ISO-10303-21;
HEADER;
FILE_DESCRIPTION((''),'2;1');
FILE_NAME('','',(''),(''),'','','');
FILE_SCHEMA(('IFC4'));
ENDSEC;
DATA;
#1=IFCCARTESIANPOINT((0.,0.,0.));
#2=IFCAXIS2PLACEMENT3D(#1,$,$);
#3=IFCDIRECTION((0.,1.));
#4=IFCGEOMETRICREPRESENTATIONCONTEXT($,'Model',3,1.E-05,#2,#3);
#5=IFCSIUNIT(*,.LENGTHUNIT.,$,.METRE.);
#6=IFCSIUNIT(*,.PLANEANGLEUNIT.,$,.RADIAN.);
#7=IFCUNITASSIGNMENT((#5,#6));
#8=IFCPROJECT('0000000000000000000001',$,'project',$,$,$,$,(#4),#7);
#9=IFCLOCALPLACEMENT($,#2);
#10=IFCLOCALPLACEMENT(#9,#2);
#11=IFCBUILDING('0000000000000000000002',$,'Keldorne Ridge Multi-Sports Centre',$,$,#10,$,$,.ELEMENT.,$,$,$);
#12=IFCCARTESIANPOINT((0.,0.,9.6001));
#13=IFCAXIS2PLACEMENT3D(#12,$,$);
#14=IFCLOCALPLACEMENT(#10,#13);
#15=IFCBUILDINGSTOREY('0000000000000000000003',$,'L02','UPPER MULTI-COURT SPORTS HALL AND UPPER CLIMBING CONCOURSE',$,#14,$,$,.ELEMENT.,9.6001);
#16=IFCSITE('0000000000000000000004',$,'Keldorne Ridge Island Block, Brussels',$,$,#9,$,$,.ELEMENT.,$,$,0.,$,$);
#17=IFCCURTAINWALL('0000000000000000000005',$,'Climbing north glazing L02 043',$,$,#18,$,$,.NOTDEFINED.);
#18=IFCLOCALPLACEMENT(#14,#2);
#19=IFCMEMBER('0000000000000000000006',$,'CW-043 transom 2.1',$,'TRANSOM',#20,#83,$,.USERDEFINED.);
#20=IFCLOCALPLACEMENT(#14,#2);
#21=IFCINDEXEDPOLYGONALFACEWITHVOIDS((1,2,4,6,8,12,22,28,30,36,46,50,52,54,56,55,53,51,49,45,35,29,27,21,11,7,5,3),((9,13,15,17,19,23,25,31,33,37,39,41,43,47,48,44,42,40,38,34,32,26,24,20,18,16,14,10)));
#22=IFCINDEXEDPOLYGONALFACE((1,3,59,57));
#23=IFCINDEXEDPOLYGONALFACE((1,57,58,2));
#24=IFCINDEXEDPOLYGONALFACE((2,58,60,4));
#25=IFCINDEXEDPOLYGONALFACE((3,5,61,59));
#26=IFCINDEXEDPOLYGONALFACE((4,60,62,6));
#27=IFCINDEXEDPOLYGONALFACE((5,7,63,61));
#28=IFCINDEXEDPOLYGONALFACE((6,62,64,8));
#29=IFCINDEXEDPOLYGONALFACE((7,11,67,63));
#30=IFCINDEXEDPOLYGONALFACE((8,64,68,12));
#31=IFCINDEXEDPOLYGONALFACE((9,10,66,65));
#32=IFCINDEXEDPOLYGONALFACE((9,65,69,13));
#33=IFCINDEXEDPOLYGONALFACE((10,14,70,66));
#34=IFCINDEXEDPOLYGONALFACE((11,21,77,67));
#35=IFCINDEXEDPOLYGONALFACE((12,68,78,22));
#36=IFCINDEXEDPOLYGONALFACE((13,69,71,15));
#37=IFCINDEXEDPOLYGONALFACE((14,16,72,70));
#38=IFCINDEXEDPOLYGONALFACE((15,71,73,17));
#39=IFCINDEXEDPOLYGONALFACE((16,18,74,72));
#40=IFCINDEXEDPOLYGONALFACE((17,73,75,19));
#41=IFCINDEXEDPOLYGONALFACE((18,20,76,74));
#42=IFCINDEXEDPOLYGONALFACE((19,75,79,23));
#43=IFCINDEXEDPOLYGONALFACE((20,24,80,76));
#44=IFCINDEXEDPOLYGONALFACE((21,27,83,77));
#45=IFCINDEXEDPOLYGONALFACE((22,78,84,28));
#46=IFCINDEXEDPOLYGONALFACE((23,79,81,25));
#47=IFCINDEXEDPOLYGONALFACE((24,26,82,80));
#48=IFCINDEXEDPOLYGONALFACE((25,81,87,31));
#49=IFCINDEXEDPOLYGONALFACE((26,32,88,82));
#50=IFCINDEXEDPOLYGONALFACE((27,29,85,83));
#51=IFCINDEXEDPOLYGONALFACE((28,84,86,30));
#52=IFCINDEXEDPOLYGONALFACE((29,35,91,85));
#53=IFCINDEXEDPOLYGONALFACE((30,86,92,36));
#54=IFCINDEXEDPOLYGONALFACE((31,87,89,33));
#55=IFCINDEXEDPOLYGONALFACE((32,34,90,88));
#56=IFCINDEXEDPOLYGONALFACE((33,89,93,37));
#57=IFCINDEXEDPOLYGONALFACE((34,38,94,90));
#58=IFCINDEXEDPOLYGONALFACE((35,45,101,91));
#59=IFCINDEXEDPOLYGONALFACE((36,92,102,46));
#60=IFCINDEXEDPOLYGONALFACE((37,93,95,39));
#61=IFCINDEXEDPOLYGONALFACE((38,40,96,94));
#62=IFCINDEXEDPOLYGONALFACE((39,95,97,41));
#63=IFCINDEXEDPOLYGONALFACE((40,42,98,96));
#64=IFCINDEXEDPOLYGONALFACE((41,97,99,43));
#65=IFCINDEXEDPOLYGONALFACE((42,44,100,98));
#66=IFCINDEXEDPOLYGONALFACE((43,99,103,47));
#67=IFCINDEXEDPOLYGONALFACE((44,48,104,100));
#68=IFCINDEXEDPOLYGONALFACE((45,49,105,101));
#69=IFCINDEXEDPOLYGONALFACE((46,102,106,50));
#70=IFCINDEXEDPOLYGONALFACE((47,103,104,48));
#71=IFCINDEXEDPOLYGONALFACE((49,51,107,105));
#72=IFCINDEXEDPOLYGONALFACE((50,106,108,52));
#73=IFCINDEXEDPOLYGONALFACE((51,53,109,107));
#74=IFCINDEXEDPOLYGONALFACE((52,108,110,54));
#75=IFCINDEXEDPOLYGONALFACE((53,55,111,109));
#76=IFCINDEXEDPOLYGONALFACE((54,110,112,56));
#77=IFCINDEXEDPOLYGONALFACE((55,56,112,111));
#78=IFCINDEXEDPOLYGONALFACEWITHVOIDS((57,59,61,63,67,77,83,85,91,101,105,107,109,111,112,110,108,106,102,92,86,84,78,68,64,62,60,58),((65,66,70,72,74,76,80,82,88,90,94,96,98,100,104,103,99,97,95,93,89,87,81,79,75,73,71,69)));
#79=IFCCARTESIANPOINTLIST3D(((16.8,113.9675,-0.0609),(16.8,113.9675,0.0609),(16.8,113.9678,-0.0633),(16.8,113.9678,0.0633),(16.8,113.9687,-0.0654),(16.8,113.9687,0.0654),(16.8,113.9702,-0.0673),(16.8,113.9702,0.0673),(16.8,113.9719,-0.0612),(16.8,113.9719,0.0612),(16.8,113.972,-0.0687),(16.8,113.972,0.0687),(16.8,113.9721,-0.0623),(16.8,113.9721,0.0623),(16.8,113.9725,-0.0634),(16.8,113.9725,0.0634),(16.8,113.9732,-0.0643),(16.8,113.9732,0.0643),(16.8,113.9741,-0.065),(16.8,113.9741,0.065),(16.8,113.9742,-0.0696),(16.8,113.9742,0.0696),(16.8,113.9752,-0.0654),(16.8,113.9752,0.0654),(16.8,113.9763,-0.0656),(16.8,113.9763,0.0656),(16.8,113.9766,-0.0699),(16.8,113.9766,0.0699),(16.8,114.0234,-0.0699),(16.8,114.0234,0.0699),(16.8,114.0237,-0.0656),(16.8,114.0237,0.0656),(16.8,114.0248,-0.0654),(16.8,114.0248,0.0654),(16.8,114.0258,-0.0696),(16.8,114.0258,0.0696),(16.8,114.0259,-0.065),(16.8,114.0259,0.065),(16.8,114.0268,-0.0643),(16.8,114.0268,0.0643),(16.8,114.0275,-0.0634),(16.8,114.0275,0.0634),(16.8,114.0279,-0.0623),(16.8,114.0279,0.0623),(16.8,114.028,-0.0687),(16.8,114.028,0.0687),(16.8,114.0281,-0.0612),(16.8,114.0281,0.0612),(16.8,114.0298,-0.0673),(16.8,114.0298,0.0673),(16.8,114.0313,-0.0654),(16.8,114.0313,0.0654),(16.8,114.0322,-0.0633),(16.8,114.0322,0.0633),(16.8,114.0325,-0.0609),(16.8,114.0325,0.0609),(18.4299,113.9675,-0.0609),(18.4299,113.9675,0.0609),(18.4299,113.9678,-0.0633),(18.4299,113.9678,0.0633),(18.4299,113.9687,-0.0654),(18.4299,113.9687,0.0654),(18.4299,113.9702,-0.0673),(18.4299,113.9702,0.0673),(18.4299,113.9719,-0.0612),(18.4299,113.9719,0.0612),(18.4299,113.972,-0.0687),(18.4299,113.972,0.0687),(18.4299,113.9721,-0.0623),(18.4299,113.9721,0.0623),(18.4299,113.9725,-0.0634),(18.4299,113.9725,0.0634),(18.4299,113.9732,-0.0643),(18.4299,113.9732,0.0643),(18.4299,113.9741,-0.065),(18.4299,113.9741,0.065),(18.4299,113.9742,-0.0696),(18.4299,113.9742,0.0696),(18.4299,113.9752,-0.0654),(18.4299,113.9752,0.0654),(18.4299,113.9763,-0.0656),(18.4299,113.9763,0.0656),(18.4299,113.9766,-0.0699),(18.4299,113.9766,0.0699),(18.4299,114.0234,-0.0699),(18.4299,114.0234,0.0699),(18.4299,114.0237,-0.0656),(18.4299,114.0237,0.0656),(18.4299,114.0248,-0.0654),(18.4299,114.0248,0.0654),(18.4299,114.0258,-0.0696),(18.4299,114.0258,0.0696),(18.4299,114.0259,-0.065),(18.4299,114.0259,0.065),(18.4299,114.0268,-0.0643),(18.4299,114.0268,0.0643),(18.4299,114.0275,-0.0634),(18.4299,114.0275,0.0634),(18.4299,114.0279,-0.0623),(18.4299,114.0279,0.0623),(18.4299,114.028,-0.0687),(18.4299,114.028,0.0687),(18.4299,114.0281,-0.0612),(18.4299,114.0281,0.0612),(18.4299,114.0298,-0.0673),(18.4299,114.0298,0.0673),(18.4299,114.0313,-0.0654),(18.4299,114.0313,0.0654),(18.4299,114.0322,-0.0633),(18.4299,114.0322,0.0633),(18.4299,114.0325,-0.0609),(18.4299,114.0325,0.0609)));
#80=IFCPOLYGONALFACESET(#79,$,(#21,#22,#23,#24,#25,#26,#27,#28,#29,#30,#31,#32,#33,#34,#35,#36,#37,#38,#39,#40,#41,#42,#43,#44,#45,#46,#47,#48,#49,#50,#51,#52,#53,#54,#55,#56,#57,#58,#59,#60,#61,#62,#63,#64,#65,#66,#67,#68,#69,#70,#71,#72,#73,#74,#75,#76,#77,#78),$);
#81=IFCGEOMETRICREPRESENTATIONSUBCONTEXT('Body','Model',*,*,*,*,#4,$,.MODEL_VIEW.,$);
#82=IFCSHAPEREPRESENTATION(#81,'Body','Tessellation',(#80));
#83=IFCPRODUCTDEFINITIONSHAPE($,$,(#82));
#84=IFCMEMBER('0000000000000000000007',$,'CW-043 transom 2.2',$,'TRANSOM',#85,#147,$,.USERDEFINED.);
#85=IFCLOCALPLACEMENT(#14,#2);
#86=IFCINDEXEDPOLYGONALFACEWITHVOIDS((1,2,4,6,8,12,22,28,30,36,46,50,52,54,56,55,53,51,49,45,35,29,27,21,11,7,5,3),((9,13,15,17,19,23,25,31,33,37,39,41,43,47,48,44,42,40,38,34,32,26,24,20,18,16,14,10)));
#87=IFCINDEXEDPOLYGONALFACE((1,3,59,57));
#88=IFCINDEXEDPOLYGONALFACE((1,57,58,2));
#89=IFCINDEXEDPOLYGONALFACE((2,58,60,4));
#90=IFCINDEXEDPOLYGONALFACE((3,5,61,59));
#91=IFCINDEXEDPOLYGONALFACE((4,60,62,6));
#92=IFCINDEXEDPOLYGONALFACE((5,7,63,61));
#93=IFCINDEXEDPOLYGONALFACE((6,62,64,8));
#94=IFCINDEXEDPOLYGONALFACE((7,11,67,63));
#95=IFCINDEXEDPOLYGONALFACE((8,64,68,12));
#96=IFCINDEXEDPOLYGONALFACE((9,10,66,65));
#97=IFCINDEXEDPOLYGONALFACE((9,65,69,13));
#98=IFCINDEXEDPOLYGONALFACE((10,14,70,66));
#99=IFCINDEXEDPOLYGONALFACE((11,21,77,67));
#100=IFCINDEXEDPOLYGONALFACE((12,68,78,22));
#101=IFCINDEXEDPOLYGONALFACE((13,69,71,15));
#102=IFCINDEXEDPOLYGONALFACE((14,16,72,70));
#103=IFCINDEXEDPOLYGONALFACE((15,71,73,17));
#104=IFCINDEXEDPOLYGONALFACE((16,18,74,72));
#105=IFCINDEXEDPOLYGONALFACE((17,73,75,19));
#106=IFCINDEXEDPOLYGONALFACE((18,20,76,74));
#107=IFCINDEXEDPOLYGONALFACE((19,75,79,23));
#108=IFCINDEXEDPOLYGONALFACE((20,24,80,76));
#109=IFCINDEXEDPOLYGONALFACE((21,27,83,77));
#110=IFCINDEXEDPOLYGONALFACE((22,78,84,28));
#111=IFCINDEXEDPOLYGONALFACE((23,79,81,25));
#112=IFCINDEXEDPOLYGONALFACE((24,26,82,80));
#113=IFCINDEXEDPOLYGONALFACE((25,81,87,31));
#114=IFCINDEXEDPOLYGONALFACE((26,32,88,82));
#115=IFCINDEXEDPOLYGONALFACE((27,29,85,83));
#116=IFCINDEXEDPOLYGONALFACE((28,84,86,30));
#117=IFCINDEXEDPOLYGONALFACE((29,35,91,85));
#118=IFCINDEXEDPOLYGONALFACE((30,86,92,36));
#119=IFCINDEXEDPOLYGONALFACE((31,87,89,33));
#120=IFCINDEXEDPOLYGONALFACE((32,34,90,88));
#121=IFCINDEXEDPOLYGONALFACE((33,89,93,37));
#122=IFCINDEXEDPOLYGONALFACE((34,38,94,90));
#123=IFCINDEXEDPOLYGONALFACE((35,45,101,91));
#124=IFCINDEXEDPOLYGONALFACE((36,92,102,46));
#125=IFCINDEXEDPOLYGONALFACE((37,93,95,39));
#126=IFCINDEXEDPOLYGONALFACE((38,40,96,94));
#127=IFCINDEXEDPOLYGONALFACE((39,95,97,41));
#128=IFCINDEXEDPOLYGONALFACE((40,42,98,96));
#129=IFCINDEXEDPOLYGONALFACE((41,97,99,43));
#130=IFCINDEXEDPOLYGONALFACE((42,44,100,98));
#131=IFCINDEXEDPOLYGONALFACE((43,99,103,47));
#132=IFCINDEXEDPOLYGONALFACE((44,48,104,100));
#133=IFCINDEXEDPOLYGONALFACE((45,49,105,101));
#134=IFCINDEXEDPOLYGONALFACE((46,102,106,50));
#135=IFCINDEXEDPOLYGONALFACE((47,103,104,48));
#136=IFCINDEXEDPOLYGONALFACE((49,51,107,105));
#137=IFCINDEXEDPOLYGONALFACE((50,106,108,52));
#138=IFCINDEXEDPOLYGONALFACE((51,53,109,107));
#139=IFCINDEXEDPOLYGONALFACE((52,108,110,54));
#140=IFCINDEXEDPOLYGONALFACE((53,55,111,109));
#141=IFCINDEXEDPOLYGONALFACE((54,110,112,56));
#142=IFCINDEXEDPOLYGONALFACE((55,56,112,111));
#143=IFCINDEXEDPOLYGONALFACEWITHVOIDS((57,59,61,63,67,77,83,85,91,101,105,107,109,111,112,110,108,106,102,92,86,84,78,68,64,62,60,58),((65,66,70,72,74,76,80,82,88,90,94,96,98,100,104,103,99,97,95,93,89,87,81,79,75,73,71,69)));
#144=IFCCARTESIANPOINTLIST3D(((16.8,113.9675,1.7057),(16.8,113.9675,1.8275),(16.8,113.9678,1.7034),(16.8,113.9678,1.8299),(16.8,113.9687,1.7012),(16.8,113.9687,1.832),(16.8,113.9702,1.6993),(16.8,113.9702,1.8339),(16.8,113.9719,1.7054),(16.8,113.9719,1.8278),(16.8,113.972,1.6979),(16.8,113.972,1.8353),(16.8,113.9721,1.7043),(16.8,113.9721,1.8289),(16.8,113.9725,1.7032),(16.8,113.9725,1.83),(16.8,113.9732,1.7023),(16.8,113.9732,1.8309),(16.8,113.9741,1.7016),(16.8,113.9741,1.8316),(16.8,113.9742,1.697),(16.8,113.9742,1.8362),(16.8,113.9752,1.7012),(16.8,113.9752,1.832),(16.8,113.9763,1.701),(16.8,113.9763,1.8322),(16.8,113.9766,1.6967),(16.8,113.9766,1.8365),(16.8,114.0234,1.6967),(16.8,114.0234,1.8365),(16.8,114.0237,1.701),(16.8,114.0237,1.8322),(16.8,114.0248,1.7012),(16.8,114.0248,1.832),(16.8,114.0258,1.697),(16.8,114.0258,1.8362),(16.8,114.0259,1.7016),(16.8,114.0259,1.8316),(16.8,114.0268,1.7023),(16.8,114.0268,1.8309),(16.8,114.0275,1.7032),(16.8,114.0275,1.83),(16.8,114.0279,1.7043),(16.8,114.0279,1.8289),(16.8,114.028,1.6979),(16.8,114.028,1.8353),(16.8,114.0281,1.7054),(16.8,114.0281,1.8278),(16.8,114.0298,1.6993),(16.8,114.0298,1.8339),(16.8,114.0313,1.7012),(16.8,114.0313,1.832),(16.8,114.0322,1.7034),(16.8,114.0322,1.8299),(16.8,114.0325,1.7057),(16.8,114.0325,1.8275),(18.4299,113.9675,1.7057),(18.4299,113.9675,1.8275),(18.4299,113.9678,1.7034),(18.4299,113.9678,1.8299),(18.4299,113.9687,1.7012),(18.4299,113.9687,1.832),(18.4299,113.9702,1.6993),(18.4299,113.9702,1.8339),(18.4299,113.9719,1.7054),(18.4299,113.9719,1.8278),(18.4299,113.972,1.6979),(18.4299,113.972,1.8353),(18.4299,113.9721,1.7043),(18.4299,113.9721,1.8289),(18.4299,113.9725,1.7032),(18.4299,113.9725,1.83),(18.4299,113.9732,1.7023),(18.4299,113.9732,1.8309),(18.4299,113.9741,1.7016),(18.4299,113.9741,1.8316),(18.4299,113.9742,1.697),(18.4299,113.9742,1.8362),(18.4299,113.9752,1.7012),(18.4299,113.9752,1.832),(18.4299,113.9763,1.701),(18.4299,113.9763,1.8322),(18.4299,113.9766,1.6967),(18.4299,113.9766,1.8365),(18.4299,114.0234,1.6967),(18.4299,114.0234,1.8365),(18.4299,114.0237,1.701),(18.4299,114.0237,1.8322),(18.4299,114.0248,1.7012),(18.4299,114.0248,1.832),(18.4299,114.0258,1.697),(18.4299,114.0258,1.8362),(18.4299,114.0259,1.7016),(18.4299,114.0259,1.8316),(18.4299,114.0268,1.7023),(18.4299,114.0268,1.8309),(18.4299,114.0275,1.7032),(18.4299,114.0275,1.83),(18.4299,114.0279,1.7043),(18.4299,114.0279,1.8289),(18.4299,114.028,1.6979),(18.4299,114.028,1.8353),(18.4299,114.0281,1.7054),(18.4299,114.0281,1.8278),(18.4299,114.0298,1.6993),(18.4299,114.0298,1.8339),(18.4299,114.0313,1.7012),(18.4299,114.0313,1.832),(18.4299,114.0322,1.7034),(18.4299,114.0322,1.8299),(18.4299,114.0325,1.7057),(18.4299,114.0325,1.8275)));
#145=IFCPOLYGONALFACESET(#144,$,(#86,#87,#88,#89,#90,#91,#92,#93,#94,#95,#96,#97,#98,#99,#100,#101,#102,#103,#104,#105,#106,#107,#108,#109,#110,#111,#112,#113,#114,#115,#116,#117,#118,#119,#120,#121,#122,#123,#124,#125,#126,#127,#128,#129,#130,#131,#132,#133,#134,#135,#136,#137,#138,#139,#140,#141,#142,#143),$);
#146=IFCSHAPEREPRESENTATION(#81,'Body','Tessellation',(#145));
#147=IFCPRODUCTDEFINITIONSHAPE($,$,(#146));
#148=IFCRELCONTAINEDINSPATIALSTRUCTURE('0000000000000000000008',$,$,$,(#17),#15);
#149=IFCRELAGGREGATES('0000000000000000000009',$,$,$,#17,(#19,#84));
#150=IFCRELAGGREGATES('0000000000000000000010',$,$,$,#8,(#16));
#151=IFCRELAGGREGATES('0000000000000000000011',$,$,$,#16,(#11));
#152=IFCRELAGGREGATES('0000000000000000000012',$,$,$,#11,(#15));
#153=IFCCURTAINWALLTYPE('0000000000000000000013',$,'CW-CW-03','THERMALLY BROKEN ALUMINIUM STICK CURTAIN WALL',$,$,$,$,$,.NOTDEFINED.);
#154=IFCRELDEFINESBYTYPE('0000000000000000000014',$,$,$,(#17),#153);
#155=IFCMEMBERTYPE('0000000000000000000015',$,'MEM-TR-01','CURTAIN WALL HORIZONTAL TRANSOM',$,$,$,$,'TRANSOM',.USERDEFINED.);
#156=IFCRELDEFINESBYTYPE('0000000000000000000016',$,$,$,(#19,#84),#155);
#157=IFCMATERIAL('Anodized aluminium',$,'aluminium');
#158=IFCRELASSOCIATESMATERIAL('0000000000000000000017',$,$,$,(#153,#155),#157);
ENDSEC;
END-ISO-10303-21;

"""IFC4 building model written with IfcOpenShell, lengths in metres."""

from ifc_helpers import new_model, si_unit, direction, frame, origin, origin_2d, place, context, subcontext, project, spatial, hollow_rectangle, extrude, material, material_profile, profile_set, type_object, element, aggregate, save


model = new_model("IFC4")

# Units and contexts
model_context = context("Model", 3, precision=1e-05, world=origin(), true_north=direction((0.0, 1.0)))
body_context = subcontext(model_context, "Body", "Model", "MODEL_VIEW")
ifc_project = project(units=[si_unit("LENGTHUNIT", "METRE"), si_unit("PLANEANGLEUNIT", "RADIAN")], contexts=[model_context])

# Site, building, storey
site_placement = place(None, origin())
site = spatial("IfcSite", under=ifc_project, at=site_placement, Name="Keldorne Ridge Island Block, Brussels", CompositionType="ELEMENT", RefElevation=0.0)
building_placement = place(site_placement, origin())
building = spatial("IfcBuilding", under=site, at=building_placement, Name="Keldorne Ridge Multi-Sports Centre", CompositionType="ELEMENT")
storey_placement = place(building_placement, frame((0.0, 0.0, 9.6001)))
storey = spatial("IfcBuildingStorey", under=building, at=storey_placement, Name="L02", Description="UPPER MULTI-COURT SPORTS HALL AND UPPER CLIMBING CONCOURSE", CompositionType="ELEMENT", Elevation=9.6001)

# Curtain wall
ifc_material_1 = material(Name="Anodized aluminium", Category="aluminium")
curtain_wall_type = type_object("IfcCurtainWallType", Name="CW-CW-03", Description="THERMALLY BROKEN ALUMINIUM STICK CURTAIN WALL", PredefinedType="NOTDEFINED", material=ifc_material_1)
curtain_wall_placement = place(storey_placement, origin())
curtain_wall = element("IfcCurtainWall", 1, at=curtain_wall_placement, inside=storey, type_object=curtain_wall_type, Name="Climbing north glazing L02 043", PredefinedType="NOTDEFINED")

# Members
ifc_material_profile_1 = material_profile(ifc_material_1, hollow_rectangle(XDim=0.0649, YDim=0.1399, WallThickness=0.0044, InnerFilletRadius=0.0044, OuterFilletRadius=0.009, at=origin_2d()), Name="ALU TRANSOM 140x65x4.5")
ifc_profile_set_1 = profile_set([ifc_material_profile_1], Name="Anodized aluminium")
member_type_1 = type_object("IfcMemberType", Name="MEM-TR-01", Description="CURTAIN WALL HORIZONTAL TRANSOM", ElementType="TRANSOM", PredefinedType="USERDEFINED", material=ifc_profile_set_1)
member_1_placement = place(storey_placement, frame((18.4299, 114.0, 0.0), z_axis=(-1.0, 0.0, 0.0), x_axis=(0.0, -1.0, 0.0)))
member_1 = element("IfcMember", 2, at=member_1_placement, type_object=member_type_1, Name="CW-043 transom 2.1", ObjectType="TRANSOM", PredefinedType="USERDEFINED", context=body_context, shape_type="SweptSolid", body=[
    extrude(hollow_rectangle(XDim=0.0649, YDim=0.1399, WallThickness=0.0044, InnerFilletRadius=0.0044, OuterFilletRadius=0.009, at=origin_2d()), origin(), (0.0, 0.0, 1.0), 1.6299),
])
member_2_placement = place(storey_placement, frame((18.4299, 114.0, 1.7666), z_axis=(-1.0, 0.0, 0.0), x_axis=(0.0, -1.0, 0.0)))
member_2 = element("IfcMember", 3, at=member_2_placement, type_object=member_type_1, Name="CW-043 transom 2.2", ObjectType="TRANSOM", PredefinedType="USERDEFINED", context=body_context, shape_type="SweptSolid", body=[
    extrude(hollow_rectangle(XDim=0.0649, YDim=0.1399, WallThickness=0.0044, InnerFilletRadius=0.0044, OuterFilletRadius=0.009, at=origin_2d()), origin(), (0.0, 0.0, 1.0), 1.6299),
])

aggregate(curtain_wall, [member_1, member_2])

save(model, "model.ifc")
